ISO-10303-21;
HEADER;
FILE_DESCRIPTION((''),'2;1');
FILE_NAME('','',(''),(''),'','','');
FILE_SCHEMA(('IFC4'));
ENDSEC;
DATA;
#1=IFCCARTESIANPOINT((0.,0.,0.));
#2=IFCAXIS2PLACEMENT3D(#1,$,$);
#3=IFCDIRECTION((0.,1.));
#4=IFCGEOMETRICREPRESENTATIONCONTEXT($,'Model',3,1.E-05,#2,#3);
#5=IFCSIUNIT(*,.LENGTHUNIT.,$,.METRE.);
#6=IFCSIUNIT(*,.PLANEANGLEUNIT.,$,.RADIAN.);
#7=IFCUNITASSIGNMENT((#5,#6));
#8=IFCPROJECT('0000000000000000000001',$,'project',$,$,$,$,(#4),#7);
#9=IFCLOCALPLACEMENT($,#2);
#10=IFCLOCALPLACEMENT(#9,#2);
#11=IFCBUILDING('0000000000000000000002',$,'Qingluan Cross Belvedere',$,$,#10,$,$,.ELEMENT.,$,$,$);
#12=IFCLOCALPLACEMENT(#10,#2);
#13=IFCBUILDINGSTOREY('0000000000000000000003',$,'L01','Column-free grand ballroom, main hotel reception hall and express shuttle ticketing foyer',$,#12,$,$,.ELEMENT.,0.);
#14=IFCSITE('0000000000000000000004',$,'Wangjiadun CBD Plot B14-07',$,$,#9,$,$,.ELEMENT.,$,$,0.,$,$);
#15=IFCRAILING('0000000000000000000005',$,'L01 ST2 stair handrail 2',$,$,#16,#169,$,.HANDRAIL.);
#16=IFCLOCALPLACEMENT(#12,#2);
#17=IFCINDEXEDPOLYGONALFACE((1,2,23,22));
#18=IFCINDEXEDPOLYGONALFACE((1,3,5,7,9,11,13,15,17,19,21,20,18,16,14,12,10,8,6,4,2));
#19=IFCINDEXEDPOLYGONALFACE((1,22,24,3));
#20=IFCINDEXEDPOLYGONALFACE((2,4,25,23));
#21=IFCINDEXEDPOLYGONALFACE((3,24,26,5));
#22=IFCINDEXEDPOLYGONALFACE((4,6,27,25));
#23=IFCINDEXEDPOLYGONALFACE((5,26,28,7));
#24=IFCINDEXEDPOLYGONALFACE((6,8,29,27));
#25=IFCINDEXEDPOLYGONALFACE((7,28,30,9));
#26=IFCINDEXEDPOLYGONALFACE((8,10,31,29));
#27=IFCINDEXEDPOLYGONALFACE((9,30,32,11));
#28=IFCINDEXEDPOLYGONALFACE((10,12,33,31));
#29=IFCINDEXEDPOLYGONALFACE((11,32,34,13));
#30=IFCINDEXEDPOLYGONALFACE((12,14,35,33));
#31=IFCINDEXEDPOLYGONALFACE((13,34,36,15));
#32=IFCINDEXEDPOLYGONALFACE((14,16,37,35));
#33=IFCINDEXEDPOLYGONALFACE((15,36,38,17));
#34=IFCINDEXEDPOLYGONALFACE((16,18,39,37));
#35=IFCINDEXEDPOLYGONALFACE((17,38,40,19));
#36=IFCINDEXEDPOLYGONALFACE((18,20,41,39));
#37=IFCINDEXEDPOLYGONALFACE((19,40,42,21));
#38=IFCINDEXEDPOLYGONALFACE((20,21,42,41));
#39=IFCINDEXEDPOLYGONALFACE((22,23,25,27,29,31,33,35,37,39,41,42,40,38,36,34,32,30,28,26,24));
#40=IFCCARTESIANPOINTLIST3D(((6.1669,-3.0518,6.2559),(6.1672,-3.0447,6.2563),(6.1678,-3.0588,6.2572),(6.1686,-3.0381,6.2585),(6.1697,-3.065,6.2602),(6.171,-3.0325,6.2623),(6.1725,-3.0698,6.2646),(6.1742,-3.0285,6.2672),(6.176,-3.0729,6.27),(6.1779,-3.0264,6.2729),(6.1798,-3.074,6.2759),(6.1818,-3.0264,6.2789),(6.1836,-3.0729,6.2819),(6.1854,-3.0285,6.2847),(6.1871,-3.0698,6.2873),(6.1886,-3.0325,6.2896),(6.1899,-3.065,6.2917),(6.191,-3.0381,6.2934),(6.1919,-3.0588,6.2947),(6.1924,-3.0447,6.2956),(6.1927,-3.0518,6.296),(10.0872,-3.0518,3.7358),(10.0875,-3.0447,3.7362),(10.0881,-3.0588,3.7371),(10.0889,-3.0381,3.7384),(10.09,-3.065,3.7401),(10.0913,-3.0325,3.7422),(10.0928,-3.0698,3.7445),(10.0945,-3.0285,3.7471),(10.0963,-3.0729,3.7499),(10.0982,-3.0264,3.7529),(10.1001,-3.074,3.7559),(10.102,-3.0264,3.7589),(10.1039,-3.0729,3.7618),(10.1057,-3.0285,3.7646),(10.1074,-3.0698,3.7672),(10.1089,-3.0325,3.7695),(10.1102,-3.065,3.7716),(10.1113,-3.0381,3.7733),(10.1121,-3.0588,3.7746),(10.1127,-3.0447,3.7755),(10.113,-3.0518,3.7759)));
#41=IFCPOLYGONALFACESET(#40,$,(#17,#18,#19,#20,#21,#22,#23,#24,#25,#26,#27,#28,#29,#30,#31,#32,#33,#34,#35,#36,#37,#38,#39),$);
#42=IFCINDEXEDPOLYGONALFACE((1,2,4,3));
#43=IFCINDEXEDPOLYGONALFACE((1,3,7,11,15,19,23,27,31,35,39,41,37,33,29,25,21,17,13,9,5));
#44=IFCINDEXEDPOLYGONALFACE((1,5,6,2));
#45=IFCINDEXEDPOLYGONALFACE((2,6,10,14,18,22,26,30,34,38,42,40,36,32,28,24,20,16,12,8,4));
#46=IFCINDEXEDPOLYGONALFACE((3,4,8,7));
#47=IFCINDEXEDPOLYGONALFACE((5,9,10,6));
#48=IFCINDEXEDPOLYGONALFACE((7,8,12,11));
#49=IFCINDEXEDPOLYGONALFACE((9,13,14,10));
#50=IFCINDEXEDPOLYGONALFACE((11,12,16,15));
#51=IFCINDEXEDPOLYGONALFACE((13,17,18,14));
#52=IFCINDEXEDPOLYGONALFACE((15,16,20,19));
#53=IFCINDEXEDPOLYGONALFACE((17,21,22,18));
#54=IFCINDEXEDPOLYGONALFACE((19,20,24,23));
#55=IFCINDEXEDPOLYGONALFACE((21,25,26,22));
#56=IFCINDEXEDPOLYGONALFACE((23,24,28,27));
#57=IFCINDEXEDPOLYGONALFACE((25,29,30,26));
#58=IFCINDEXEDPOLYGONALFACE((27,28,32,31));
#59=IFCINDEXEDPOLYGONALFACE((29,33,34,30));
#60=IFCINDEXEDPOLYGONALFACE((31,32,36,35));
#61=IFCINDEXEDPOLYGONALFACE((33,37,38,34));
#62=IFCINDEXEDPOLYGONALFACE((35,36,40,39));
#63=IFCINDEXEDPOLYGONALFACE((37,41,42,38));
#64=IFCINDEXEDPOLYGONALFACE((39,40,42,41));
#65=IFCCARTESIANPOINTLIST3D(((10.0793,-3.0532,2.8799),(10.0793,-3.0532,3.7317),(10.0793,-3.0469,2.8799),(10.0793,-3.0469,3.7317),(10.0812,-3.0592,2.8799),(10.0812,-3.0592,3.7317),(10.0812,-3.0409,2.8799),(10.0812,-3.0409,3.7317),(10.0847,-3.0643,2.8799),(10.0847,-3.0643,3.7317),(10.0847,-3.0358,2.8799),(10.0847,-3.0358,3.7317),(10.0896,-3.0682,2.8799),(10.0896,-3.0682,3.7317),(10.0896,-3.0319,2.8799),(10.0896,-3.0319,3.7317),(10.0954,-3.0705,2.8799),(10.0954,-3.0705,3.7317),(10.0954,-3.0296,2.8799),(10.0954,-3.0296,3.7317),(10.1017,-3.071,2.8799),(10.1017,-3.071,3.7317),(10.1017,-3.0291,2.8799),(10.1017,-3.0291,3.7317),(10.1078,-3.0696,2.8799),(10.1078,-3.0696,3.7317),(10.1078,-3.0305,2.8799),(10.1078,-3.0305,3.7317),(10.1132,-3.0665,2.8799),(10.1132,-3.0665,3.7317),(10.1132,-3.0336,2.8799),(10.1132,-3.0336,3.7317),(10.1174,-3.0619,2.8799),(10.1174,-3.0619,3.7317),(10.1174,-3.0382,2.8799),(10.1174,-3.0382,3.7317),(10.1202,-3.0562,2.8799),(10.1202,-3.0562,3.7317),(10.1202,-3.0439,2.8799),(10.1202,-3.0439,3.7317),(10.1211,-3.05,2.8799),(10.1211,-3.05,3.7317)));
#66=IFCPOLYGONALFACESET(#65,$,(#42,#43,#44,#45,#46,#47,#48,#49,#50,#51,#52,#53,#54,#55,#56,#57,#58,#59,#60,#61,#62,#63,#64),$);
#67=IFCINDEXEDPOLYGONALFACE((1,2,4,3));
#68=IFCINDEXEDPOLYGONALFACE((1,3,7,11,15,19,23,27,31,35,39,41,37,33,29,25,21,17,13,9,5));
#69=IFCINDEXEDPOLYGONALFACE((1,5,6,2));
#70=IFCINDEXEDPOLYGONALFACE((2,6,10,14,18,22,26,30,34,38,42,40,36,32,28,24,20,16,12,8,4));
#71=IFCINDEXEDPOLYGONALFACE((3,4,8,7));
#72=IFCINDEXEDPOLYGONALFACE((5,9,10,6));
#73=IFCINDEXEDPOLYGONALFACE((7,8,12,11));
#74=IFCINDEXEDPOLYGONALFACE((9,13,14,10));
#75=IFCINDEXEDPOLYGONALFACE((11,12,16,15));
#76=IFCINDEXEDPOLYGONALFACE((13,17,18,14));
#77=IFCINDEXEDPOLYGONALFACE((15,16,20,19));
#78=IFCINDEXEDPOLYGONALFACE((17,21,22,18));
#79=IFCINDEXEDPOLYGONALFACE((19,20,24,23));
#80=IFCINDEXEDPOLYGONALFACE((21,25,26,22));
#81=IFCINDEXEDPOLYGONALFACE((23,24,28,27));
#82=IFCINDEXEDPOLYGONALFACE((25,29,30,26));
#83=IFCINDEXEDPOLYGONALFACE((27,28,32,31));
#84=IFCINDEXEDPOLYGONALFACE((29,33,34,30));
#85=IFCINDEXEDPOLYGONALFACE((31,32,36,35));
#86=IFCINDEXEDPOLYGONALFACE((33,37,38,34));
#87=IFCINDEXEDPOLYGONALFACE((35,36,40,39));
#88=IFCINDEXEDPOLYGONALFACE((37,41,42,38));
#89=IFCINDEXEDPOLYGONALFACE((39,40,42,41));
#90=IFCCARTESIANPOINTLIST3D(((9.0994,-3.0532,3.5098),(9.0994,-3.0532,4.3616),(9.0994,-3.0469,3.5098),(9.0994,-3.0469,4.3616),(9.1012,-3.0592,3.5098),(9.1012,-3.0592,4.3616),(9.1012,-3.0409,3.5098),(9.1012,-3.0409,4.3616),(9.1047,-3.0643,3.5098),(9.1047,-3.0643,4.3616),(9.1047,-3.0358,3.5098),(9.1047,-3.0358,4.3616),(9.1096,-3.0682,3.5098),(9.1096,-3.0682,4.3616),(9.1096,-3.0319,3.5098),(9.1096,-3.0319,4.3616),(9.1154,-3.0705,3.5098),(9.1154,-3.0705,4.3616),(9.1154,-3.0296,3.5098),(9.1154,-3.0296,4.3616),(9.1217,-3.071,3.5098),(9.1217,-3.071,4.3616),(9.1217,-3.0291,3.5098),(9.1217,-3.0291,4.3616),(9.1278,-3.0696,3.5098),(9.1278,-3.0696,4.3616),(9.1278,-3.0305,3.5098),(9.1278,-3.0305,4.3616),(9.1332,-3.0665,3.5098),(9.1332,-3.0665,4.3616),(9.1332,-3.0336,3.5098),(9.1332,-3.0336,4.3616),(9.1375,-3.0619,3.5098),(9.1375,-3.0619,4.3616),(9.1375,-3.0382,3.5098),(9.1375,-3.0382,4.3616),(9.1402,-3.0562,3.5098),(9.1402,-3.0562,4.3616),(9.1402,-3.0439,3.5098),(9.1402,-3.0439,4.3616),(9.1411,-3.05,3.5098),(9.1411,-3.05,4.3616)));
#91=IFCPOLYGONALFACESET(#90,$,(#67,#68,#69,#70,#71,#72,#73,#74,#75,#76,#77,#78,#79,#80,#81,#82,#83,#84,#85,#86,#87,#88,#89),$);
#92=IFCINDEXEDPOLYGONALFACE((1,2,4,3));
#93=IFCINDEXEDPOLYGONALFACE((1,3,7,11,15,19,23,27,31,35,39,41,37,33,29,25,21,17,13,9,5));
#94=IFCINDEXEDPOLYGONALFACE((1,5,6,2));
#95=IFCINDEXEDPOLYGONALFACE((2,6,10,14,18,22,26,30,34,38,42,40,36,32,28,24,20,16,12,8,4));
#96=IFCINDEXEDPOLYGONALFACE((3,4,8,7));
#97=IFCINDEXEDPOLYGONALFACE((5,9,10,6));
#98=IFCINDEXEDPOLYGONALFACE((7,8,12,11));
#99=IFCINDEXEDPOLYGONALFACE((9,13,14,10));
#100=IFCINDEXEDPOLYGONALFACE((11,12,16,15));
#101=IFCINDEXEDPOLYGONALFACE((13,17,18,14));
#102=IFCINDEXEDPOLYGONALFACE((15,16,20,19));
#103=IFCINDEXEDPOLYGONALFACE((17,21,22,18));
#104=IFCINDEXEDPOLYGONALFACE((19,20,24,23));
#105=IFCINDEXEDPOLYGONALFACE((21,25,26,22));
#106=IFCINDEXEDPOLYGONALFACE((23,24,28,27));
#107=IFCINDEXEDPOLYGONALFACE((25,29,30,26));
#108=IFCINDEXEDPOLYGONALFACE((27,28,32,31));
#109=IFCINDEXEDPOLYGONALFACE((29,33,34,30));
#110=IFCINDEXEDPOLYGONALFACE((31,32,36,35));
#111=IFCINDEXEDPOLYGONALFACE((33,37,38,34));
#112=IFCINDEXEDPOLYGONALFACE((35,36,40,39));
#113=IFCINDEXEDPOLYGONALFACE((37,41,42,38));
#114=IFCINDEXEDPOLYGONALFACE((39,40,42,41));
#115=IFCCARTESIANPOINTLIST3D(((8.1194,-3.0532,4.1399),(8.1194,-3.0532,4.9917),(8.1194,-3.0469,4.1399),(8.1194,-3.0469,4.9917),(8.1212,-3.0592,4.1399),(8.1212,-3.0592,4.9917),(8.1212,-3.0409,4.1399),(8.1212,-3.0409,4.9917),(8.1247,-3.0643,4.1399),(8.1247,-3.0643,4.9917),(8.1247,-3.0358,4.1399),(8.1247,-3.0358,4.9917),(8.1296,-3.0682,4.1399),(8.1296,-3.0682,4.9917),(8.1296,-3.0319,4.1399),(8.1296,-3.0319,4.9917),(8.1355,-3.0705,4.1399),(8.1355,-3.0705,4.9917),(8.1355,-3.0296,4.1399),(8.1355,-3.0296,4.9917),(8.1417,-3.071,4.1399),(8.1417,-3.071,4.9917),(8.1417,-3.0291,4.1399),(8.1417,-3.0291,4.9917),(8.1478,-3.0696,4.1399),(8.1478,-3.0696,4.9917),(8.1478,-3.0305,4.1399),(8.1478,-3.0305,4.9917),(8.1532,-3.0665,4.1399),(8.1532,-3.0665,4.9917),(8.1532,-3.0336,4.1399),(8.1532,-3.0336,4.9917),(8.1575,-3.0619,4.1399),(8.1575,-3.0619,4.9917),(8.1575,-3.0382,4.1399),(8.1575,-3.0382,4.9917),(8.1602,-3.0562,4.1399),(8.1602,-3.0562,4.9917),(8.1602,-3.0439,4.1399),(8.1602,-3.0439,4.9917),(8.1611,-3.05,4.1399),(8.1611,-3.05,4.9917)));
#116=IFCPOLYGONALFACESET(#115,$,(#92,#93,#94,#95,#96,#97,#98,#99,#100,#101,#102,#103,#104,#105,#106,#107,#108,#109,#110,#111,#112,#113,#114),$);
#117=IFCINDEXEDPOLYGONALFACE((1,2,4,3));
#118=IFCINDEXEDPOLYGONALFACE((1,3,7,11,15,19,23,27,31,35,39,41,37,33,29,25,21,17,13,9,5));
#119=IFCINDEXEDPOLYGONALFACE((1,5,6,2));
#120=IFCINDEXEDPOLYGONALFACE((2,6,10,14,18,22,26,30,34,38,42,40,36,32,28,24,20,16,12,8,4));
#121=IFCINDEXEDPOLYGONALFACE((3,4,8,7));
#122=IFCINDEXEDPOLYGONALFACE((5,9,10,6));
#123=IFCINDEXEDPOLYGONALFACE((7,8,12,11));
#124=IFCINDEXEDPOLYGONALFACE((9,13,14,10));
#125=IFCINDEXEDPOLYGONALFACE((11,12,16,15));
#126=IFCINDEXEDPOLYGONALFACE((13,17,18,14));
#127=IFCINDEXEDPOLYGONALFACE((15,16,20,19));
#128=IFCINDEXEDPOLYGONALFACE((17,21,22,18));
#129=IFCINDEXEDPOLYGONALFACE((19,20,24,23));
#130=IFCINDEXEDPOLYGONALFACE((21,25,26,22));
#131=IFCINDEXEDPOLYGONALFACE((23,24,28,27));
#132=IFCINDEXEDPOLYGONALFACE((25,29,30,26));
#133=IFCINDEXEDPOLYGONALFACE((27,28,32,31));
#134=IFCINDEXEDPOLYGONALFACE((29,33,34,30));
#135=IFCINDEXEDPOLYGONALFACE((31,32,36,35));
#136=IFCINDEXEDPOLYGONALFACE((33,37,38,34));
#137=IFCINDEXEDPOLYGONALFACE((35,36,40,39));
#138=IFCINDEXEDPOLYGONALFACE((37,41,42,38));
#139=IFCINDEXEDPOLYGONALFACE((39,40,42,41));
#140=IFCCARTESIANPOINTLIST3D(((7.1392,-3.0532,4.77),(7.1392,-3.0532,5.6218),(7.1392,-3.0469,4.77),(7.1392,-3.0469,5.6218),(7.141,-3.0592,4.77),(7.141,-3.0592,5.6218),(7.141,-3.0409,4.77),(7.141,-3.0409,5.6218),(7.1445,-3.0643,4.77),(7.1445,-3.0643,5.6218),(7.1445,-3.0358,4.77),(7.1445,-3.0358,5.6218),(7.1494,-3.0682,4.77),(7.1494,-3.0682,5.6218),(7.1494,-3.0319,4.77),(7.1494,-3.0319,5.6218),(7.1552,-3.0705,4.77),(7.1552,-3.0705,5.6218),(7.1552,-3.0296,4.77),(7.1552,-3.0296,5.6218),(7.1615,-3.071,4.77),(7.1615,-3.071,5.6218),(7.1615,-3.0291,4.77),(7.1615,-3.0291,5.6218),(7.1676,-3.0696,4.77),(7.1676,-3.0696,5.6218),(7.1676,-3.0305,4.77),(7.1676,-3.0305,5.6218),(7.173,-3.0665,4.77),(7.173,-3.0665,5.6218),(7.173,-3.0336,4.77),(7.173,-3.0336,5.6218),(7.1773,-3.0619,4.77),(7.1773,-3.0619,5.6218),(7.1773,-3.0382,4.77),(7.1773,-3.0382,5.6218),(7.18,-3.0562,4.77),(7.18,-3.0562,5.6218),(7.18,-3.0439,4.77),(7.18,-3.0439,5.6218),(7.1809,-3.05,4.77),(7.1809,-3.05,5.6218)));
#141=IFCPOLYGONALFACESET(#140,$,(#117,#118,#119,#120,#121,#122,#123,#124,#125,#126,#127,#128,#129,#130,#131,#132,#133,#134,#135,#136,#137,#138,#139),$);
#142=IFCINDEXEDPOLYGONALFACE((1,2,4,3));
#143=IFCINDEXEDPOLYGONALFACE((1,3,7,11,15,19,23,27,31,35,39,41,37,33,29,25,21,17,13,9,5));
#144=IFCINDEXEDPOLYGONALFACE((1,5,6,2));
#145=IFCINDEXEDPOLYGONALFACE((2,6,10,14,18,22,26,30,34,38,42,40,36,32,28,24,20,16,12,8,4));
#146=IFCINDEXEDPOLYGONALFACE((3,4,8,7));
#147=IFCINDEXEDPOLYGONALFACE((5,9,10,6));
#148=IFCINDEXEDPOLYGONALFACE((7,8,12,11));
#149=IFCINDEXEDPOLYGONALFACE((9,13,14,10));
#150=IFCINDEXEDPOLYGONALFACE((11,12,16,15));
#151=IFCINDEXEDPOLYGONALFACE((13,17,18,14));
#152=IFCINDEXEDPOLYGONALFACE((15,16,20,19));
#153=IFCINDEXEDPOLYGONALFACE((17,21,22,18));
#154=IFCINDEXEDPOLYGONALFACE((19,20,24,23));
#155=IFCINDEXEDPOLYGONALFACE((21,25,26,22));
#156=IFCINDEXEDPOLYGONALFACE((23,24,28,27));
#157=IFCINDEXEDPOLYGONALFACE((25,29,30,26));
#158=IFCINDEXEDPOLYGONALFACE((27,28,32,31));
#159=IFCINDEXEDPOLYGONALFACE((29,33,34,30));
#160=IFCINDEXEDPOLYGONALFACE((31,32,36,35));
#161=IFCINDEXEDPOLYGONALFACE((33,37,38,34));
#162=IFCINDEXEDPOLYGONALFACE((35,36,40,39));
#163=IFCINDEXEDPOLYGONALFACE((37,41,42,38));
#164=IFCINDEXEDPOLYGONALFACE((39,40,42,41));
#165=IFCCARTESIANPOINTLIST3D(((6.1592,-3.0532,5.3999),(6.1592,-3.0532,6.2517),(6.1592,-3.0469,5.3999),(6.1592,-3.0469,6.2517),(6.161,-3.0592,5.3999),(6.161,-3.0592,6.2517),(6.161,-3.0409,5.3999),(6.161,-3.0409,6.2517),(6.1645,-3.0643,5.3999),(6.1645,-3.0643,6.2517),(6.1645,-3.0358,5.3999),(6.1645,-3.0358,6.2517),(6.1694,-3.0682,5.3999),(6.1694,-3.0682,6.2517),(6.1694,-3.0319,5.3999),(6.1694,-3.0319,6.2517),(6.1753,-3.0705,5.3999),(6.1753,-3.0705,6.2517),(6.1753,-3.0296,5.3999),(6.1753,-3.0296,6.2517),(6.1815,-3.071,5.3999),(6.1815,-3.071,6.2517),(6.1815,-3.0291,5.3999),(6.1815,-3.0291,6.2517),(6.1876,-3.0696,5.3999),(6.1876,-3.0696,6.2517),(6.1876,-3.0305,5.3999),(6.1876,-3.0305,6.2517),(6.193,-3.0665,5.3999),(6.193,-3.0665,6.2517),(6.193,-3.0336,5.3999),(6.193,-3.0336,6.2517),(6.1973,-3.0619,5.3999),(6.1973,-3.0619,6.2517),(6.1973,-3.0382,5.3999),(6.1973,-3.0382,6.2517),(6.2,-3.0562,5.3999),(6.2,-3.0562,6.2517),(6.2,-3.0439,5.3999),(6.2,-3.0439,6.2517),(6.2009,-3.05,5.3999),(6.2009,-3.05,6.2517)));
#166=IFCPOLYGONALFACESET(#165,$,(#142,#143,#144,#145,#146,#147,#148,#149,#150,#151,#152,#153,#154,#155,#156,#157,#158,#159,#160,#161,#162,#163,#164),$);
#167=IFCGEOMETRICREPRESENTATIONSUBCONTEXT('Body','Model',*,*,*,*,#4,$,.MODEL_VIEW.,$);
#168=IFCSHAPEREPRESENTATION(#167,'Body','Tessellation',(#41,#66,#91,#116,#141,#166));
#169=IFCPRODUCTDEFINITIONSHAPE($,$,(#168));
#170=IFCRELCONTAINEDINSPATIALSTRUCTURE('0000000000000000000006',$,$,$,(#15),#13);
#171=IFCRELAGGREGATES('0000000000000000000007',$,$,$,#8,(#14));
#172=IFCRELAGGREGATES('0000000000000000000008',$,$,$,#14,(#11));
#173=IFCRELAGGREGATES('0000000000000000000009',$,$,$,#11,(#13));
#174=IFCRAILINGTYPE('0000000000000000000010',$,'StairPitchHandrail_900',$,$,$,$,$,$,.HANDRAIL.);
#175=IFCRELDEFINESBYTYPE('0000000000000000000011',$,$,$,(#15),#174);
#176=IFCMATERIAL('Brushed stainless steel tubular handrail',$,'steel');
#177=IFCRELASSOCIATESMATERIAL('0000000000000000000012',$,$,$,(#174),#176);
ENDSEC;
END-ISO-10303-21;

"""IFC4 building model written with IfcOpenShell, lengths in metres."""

from ifc_helpers import new_model, si_unit, direction, frame, origin, origin_2d, place, context, subcontext, project, spatial, circle, extrude, material, type_object, element, save


model = new_model("IFC4")

# Units and contexts
model_context = context("Model", 3, precision=1e-05, world=origin(), true_north=direction((0.0, 1.0)))
body_context = subcontext(model_context, "Body", "Model", "MODEL_VIEW")
ifc_project = project(units=[si_unit("LENGTHUNIT", "METRE"), si_unit("PLANEANGLEUNIT", "RADIAN")], contexts=[model_context])

# Site, building, storey
site_placement = place(None, origin())
site = spatial("IfcSite", under=ifc_project, at=site_placement, Name="Wangjiadun CBD Plot B14-07", CompositionType="ELEMENT", RefElevation=0.0)
building_placement = place(site_placement, origin())
building = spatial("IfcBuilding", under=site, at=building_placement, Name="Qingluan Cross Belvedere", CompositionType="ELEMENT")
storey_placement = place(building_placement, origin())
storey = spatial("IfcBuildingStorey", under=building, at=storey_placement, Name="L01", Description="Column-free grand ballroom, main hotel reception hall and express shuttle ticketing foyer", CompositionType="ELEMENT", Elevation=0.0)

# Railing
ifc_material_1 = material(Name="Brushed stainless steel tubular handrail", Category="steel")
railing_type_1 = type_object("IfcRailingType", Name="StairPitchHandrail_900", PredefinedType="HANDRAIL", material=ifc_material_1)
for number, where, name in (
    (1, (10.1001, -3.05, 2.8799), "L01 ST2 stair handrail 2"),
):
    element("IfcRailing", number, at=place(storey_placement, frame(where)), inside=storey, type_object=railing_type_1, Name=name, PredefinedType="HANDRAIL", context=body_context, shape_type="SweptSolid", body=[
        extrude(circle(Radius=0.0239, at=origin_2d()), frame((0.0, 0.0, 0.876), z_axis=(-0.841187, 0.0, 0.540744), x_axis=(0.0, -1.0, 0.0)), (0.0, 0.0, 1.0), 4.6604),
        extrude(circle(Radius=0.021, at=origin_2d()), origin(), (0.0, 0.0, 1.0), 0.8518),
        extrude(circle(Radius=0.021, at=origin_2d()), frame((-0.98, 0.0, 0.6299)), (0.0, 0.0, 1.0), 0.8518),
        extrude(circle(Radius=0.021, at=origin_2d()), frame((-1.96, 0.0, 1.26)), (0.0, 0.0, 1.0), 0.8518),
        extrude(circle(Radius=0.021, at=origin_2d()), frame((-2.9402, 0.0, 1.8901)), (0.0, 0.0, 1.0), 0.8518),
        extrude(circle(Radius=0.021, at=origin_2d()), frame((-3.9202, 0.0, 2.52)), (0.0, 0.0, 1.0), 0.8518),
    ])

save(model, "model.ifc")
